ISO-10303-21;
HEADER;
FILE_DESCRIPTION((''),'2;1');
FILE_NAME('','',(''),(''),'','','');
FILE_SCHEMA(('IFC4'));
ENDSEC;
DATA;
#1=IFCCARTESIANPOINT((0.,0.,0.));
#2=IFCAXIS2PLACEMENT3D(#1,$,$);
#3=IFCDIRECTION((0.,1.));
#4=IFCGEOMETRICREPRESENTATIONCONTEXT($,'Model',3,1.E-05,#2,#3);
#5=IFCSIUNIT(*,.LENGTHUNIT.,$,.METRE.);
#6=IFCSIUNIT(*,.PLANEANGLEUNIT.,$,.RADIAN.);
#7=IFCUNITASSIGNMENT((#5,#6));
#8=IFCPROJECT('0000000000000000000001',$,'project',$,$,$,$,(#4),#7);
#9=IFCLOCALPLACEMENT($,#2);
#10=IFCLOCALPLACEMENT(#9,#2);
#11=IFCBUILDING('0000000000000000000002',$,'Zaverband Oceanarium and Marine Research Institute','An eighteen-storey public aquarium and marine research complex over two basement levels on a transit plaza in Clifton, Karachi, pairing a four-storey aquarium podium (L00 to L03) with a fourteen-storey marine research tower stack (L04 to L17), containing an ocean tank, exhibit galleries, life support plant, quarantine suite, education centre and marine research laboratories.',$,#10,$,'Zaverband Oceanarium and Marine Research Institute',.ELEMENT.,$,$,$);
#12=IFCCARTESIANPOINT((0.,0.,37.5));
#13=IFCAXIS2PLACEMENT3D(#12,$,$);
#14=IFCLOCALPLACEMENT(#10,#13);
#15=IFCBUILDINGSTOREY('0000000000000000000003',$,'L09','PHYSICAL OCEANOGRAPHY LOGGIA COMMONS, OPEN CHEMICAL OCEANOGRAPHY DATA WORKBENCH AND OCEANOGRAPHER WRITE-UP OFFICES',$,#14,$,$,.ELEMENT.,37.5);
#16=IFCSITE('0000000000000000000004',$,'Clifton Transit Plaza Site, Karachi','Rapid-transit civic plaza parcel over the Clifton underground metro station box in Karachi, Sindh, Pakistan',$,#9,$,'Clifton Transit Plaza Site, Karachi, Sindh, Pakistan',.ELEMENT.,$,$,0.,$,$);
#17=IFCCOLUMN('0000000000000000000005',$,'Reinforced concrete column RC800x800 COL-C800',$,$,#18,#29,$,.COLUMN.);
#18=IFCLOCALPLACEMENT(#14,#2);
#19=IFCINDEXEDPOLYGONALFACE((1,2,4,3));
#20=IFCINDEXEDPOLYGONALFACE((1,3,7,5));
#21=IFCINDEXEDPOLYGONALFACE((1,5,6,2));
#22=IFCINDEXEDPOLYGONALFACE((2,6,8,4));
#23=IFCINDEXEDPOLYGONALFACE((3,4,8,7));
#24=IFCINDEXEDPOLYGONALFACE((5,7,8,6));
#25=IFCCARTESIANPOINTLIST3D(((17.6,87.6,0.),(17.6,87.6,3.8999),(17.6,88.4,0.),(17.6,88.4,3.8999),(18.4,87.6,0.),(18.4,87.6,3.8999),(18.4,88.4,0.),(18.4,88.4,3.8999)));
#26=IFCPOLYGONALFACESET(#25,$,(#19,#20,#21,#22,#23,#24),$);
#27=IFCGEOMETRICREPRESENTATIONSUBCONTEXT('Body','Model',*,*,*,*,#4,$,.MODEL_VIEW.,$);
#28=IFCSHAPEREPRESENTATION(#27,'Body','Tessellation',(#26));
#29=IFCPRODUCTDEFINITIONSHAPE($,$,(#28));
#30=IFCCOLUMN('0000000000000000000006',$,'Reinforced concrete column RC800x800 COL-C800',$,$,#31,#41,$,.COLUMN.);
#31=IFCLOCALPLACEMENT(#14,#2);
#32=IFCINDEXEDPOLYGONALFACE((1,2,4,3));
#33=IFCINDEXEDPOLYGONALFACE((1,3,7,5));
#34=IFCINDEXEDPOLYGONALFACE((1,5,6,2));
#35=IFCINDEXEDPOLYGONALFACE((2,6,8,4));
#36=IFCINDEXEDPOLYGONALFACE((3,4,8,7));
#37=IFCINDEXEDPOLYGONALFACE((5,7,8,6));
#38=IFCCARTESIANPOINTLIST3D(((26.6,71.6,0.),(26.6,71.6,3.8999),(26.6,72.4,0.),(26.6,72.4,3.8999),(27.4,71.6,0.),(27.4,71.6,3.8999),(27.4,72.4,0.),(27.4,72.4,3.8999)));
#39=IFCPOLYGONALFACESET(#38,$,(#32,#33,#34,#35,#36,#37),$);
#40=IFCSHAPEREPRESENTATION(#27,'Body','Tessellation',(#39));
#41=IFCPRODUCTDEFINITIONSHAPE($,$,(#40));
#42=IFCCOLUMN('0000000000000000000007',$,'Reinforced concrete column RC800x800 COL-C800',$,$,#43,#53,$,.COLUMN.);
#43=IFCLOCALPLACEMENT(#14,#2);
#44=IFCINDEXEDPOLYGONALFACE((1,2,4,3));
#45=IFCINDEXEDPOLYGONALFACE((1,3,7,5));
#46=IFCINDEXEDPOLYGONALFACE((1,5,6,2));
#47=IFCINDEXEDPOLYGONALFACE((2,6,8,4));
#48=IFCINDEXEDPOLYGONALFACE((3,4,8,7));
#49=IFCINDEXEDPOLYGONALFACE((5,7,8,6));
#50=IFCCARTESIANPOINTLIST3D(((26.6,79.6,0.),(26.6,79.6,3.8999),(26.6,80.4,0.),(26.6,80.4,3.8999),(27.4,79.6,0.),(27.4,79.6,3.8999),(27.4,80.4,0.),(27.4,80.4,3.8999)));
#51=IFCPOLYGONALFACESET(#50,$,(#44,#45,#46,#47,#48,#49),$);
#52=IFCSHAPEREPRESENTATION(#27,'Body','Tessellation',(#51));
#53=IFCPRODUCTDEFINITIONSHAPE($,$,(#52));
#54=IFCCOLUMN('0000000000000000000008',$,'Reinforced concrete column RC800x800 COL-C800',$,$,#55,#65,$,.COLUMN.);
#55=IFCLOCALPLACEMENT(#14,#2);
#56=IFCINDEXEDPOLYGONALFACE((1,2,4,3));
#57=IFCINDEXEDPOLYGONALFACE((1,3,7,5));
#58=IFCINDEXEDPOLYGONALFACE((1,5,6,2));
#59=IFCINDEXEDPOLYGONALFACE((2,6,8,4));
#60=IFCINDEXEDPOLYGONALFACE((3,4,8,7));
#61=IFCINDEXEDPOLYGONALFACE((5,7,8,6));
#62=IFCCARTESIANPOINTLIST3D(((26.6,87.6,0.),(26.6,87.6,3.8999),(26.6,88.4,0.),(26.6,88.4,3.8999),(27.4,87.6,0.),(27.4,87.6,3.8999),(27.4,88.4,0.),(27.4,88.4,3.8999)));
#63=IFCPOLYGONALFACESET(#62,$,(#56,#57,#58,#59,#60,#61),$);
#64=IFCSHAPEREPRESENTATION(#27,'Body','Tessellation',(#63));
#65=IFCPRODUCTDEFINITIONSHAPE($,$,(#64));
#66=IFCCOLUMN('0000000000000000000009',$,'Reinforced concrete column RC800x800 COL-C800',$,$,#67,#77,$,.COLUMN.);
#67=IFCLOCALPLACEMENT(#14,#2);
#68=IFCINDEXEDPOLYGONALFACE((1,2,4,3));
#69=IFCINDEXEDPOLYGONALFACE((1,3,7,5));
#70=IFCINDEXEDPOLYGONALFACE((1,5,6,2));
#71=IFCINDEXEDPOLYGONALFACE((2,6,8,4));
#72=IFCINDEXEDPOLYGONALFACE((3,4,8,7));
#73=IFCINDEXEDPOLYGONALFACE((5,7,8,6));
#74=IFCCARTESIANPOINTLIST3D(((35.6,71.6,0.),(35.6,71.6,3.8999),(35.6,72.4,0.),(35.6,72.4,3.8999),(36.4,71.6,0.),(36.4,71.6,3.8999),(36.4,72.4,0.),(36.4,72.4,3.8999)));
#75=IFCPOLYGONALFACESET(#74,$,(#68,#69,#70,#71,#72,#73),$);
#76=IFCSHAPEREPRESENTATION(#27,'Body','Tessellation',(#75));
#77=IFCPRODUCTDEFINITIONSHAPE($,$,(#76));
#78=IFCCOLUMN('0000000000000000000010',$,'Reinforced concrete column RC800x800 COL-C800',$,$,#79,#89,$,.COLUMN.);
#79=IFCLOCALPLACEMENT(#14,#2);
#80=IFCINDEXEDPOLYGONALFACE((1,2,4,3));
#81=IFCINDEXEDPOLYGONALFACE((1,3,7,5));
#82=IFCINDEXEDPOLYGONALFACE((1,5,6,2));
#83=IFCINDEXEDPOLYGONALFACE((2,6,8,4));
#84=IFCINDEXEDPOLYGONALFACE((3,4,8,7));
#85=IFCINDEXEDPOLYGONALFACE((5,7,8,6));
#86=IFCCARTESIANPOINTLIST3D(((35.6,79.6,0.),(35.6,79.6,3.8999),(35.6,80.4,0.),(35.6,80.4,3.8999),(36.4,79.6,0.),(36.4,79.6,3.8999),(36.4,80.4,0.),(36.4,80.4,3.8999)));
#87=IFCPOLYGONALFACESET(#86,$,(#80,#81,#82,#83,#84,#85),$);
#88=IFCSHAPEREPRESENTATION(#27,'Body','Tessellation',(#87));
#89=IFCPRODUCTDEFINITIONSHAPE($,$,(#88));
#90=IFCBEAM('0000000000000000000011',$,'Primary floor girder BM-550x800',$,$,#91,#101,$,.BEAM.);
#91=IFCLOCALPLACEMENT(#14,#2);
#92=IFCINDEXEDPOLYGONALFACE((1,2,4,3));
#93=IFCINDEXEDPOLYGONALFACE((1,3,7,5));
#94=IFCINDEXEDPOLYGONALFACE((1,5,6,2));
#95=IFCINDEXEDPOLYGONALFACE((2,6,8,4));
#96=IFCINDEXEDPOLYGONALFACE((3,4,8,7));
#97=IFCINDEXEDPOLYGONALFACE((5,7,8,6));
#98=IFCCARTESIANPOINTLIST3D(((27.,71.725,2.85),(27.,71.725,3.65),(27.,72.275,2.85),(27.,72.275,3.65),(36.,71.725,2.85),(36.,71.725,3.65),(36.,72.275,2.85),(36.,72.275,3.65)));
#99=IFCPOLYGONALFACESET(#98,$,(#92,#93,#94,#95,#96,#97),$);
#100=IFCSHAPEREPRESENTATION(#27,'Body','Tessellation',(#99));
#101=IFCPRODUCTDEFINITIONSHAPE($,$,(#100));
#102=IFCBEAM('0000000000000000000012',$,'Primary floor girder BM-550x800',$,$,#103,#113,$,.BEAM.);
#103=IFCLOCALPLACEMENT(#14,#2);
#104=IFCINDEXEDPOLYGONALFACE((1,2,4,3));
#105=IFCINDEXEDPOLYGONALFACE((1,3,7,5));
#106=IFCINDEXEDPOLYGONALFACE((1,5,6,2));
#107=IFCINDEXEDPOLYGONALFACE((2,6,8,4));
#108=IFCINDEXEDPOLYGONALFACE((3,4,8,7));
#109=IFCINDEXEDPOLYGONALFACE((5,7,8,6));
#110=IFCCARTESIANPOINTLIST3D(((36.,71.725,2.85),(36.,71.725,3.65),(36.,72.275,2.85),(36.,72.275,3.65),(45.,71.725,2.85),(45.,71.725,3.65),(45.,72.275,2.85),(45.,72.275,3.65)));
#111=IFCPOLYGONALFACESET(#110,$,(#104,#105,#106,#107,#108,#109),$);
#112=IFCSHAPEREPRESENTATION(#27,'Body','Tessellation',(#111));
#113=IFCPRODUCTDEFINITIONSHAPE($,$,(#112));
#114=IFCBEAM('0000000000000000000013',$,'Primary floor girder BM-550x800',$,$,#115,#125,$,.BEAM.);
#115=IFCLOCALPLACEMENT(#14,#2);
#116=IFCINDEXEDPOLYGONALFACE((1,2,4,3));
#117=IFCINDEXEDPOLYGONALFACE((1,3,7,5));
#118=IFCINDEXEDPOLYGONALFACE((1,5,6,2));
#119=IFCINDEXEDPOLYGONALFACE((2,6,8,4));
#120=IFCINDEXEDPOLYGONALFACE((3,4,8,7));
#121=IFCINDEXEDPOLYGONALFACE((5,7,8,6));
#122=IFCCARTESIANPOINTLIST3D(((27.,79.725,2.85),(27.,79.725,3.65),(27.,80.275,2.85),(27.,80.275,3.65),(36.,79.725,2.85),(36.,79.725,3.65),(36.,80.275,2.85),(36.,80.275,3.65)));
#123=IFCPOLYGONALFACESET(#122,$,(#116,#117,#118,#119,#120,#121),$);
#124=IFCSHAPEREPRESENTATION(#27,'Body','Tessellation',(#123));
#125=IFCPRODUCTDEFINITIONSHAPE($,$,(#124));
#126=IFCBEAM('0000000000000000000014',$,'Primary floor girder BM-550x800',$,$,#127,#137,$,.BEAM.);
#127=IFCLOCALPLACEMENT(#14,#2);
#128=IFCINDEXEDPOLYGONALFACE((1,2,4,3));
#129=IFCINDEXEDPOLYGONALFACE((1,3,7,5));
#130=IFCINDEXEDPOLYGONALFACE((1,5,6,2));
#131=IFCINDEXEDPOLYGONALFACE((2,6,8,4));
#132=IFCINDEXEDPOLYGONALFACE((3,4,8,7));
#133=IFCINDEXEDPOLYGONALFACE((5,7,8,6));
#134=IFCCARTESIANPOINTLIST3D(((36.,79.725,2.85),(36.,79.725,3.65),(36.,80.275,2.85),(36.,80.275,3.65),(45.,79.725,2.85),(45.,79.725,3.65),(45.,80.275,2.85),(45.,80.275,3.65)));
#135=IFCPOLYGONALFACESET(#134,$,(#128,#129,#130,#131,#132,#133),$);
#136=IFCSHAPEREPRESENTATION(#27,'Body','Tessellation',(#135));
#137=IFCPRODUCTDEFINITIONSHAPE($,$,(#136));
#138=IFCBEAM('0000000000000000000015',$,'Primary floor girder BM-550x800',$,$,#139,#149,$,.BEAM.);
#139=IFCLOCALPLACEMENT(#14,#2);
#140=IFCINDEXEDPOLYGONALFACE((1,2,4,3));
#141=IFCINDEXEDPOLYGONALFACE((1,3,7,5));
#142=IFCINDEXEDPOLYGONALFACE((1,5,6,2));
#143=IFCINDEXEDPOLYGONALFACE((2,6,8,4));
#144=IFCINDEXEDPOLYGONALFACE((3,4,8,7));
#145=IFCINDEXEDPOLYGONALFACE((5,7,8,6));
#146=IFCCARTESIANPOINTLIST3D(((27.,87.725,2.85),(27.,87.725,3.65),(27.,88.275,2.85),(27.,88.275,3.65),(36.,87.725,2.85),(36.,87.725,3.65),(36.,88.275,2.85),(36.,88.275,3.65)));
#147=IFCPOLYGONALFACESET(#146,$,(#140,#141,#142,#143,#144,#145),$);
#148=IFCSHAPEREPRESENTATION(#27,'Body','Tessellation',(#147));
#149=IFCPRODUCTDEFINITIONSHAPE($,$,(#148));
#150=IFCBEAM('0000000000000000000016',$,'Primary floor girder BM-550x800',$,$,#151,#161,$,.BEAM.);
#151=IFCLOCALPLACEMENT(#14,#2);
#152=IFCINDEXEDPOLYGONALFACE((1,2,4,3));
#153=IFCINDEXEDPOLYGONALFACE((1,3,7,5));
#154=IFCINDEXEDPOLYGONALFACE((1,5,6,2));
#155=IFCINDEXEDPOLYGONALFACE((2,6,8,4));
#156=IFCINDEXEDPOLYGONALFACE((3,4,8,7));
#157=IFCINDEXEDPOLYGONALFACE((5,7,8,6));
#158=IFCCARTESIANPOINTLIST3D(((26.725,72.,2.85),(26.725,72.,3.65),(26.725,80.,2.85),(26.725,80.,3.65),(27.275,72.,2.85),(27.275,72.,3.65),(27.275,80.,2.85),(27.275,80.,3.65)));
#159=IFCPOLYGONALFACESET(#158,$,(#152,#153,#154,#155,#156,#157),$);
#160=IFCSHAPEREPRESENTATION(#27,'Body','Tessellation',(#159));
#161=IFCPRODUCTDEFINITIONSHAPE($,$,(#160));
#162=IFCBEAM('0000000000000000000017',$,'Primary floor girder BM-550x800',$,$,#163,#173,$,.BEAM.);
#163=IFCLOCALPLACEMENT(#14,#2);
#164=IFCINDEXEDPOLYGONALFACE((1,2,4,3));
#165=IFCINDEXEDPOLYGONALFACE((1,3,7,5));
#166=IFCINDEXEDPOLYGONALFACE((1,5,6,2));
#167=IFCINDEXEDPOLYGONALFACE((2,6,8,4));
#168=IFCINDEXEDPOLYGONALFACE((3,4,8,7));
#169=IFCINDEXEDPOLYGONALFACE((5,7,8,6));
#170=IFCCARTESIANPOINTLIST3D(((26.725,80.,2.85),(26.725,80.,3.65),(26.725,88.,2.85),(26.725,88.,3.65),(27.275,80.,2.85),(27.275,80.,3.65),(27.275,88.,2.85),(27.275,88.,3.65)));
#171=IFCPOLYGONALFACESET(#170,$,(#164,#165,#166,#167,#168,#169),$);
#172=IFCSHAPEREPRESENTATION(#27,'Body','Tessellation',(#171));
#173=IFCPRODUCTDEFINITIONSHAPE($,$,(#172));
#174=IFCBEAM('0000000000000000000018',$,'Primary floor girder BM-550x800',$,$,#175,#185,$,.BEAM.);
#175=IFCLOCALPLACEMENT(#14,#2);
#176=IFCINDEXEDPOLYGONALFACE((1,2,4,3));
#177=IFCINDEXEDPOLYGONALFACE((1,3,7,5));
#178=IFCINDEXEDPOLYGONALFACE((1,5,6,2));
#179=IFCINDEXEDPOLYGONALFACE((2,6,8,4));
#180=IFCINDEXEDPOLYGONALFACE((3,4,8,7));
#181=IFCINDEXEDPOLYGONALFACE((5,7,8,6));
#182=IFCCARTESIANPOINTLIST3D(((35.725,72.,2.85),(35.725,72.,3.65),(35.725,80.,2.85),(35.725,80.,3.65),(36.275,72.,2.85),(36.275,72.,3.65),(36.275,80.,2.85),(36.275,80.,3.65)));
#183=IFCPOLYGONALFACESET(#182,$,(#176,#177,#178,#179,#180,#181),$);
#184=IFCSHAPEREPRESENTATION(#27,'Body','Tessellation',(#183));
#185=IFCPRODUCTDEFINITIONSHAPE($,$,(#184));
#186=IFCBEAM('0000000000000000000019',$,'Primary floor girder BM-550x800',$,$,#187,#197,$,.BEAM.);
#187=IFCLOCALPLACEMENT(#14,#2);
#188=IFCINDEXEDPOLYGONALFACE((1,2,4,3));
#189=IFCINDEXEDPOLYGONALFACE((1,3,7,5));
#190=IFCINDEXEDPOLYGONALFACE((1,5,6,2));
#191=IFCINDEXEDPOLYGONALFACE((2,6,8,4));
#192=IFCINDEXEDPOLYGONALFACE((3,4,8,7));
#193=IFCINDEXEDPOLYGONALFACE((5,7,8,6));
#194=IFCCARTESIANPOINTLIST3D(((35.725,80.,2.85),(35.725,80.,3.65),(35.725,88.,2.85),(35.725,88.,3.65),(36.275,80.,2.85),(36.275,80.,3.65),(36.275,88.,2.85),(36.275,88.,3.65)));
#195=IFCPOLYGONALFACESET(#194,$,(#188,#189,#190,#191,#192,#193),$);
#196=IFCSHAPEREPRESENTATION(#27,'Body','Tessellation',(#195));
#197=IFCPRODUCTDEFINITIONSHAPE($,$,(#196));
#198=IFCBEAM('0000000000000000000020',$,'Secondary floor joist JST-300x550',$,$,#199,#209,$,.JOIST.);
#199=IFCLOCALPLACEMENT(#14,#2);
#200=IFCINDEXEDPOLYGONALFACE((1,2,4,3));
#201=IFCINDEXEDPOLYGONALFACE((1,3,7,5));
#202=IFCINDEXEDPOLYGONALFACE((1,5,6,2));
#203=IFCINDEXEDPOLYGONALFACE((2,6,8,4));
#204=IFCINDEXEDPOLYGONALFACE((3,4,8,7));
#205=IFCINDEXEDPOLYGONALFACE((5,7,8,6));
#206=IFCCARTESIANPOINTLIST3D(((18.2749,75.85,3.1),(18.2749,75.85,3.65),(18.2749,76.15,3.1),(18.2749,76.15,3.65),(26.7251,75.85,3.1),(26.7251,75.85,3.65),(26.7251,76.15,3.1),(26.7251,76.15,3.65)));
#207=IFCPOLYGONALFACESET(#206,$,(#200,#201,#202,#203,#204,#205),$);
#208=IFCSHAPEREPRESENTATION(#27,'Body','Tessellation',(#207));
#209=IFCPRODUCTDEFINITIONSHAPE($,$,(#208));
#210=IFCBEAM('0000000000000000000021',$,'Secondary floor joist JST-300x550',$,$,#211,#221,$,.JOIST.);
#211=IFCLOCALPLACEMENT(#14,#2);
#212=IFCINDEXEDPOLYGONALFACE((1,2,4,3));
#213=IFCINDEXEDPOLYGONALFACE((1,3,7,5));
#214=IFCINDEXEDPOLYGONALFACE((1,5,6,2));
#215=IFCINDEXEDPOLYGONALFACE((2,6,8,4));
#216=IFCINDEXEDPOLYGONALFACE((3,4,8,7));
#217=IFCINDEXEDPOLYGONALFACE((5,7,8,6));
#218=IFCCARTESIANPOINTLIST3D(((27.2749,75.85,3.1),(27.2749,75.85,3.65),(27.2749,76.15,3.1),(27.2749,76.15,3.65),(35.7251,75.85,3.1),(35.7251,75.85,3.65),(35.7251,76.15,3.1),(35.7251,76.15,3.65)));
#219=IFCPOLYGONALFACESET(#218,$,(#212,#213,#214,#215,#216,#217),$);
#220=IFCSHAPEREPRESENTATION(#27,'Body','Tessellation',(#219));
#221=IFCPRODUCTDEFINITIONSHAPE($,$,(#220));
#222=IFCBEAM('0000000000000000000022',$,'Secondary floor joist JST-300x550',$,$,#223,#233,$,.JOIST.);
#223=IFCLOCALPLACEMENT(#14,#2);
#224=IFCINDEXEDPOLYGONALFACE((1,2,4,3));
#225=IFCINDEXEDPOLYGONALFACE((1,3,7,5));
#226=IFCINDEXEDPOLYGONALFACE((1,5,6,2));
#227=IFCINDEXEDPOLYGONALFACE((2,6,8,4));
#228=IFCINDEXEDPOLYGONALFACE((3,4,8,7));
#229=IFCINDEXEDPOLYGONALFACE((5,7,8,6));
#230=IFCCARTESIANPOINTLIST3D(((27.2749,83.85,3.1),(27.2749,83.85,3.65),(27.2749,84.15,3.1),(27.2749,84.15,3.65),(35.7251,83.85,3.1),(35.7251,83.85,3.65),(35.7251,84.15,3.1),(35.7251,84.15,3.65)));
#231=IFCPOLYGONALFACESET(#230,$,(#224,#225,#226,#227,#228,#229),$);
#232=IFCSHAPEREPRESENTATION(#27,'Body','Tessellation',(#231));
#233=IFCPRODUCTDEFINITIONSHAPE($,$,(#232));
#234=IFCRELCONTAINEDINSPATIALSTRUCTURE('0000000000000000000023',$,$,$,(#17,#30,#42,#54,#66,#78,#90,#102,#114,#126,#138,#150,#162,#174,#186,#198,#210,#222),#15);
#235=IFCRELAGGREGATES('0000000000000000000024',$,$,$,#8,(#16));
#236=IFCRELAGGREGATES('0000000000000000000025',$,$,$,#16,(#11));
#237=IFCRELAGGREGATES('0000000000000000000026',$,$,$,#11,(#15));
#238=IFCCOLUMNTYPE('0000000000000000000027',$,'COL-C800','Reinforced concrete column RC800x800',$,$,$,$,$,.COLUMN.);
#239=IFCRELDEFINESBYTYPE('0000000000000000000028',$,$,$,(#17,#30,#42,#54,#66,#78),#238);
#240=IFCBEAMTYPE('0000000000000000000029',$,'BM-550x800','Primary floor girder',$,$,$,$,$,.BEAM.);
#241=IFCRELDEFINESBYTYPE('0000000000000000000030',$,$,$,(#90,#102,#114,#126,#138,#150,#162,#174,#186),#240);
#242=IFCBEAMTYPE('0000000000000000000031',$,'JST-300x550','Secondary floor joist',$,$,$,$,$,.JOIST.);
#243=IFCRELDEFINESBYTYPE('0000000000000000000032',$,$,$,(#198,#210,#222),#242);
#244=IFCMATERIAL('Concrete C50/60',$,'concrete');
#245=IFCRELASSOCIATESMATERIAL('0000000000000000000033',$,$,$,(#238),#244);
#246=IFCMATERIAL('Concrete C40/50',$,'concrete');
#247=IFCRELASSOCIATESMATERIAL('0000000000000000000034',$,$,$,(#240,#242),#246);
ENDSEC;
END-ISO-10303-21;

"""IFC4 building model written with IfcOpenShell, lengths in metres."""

from ifc_helpers import new_model, si_unit, direction, frame, origin, origin_2d, place, context, subcontext, project, spatial, rectangle, extrude, material, material_profile, profile_set, type_object, element, save


model = new_model("IFC4")

# Units and contexts
model_context = context("Model", 3, precision=1e-05, world=origin(), true_north=direction((0.0, 1.0)))
body_context = subcontext(model_context, "Body", "Model", "MODEL_VIEW")
ifc_project = project(units=[si_unit("LENGTHUNIT", "METRE"), si_unit("PLANEANGLEUNIT", "RADIAN")], contexts=[model_context])

# Site, building, storey
site_placement = place(None, origin())
site = spatial("IfcSite", under=ifc_project, at=site_placement, Name="Clifton Transit Plaza Site, Karachi", Description="Rapid-transit civic plaza parcel over the Clifton underground metro station box in Karachi, Sindh, Pakistan", LongName="Clifton Transit Plaza Site, Karachi, Sindh, Pakistan", CompositionType="ELEMENT", RefElevation=0.0)
building_placement = place(site_placement, origin())
building = spatial("IfcBuilding", under=site, at=building_placement, Name="Zaverband Oceanarium and Marine Research Institute", Description="An eighteen-storey public aquarium and marine research complex over two basement levels on a transit plaza in Clifton, Karachi, pairing a four-storey aquarium podium (L00 to L03) with a fourteen-storey marine research tower stack (L04 to L17), containing an ocean tank, exhibit galleries, life support plant, quarantine suite, education centre and marine research laboratories.", LongName="Zaverband Oceanarium and Marine Research Institute", CompositionType="ELEMENT")
storey_placement = place(building_placement, frame((0.0, 0.0, 37.5)))
storey = spatial("IfcBuildingStorey", under=building, at=storey_placement, Name="L09", Description="PHYSICAL OCEANOGRAPHY LOGGIA COMMONS, OPEN CHEMICAL OCEANOGRAPHY DATA WORKBENCH AND OCEANOGRAPHER WRITE-UP OFFICES", CompositionType="ELEMENT", Elevation=37.5)

# Columns
ifc_material_1 = material(Name="Concrete C50/60", Category="concrete")
ifc_material_profile_1 = material_profile(ifc_material_1, rectangle(XDim=0.8, YDim=0.8, at=origin_2d()), Name="RC800x800")
ifc_profile_set_1 = profile_set([ifc_material_profile_1], Name="Concrete C50/60")
column_type = type_object("IfcColumnType", Name="COL-C800", Description="Reinforced concrete column RC800x800", PredefinedType="COLUMN", material=ifc_profile_set_1)
for number, where, z_axis, x_axis, name in (
    (1, (18.0, 88.0, 0.0), (0.0, 0.0, 1.0), (1.0, 0.0, 0.0), "Reinforced concrete column RC800x800 COL-C800"),
    (2, (27.0, 72.0, 0.0), (0.0, 0.0, 1.0), (1.0, 0.0, 0.0), "Reinforced concrete column RC800x800 COL-C800"),
    (3, (27.0, 80.0, 0.0), (0.0, 0.0, 1.0), (1.0, 0.0, 0.0), "Reinforced concrete column RC800x800 COL-C800"),
    (4, (27.0, 88.0, 0.0), (0.0, 0.0, 1.0), (1.0, 0.0, 0.0), "Reinforced concrete column RC800x800 COL-C800"),
    (5, (36.0, 72.0, 0.0), (0.0, 0.0, 1.0), (1.0, 0.0, 0.0), "Reinforced concrete column RC800x800 COL-C800"),
    (6, (36.0, 80.0, 0.0), (0.0, 0.0, 1.0), (1.0, 0.0, 0.0), "Reinforced concrete column RC800x800 COL-C800"),
):
    element("IfcColumn", number, at=place(storey_placement, frame(where, z_axis=z_axis, x_axis=x_axis)), inside=storey, type_object=column_type, Name=name, PredefinedType="COLUMN", context=body_context, shape_type="SweptSolid", body=[
        extrude(rectangle(XDim=0.8, YDim=0.8, at=origin_2d()), origin(), (0.0, 0.0, 1.0), 3.8999),
    ])

# Beams
ifc_material_2 = material(Name="Concrete C40/50", Category="concrete")
ifc_material_profile_2 = material_profile(ifc_material_2, rectangle(XDim=0.55, YDim=0.8, at=origin_2d()), Name="RC550x800")
ifc_profile_set_2 = profile_set([ifc_material_profile_2], Name="Concrete C40/50")
beam_type_1 = type_object("IfcBeamType", Name="BM-550x800", Description="Primary floor girder", PredefinedType="BEAM", material=ifc_profile_set_2)
for number, where, z_axis, x_axis, name in (
    (7, (27.0, 72.0, 3.25), (1.0, 0.0, 0.0), (0.0, 1.0, 0.0), "Primary floor girder BM-550x800"),
    (8, (36.0, 72.0, 3.25), (1.0, 0.0, 0.0), (0.0, 1.0, 0.0), "Primary floor girder BM-550x800"),
    (9, (27.0, 80.0, 3.25), (1.0, 0.0, 0.0), (0.0, 1.0, 0.0), "Primary floor girder BM-550x800"),
    (10, (36.0, 80.0, 3.25), (1.0, 0.0, 0.0), (0.0, 1.0, 0.0), "Primary floor girder BM-550x800"),
    (11, (27.0, 88.0, 3.25), (1.0, 0.0, 0.0), (0.0, 1.0, 0.0), "Primary floor girder BM-550x800"),
):
    element("IfcBeam", number, at=place(storey_placement, frame(where, z_axis=z_axis, x_axis=x_axis)), inside=storey, type_object=beam_type_1, Name=name, PredefinedType="BEAM", context=body_context, shape_type="SweptSolid", body=[
        extrude(rectangle(XDim=0.55, YDim=0.8, at=origin_2d()), origin(), (0.0, 0.0, 1.0), 9.0),
    ])
for number, where, z_axis, x_axis, name in (
    (12, (27.0, 72.0, 3.25), (0.0, 1.0, 0.0), (-1.0, 0.0, 0.0), "Primary floor girder BM-550x800"),
    (13, (27.0, 80.0, 3.25), (0.0, 1.0, 0.0), (-1.0, 0.0, 0.0), "Primary floor girder BM-550x800"),
    (14, (36.0, 72.0, 3.25), (0.0, 1.0, 0.0), (-1.0, 0.0, 0.0), "Primary floor girder BM-550x800"),
    (15, (36.0, 80.0, 3.25), (0.0, 1.0, 0.0), (-1.0, 0.0, 0.0), "Primary floor girder BM-550x800"),
):
    element("IfcBeam", number, at=place(storey_placement, frame(where, z_axis=z_axis, x_axis=x_axis)), inside=storey, type_object=beam_type_1, Name=name, PredefinedType="BEAM", context=body_context, shape_type="SweptSolid", body=[
        extrude(rectangle(XDim=0.55, YDim=0.8, at=origin_2d()), origin(), (0.0, 0.0, 1.0), 8.0),
    ])
ifc_material_profile_3 = material_profile(ifc_material_2, rectangle(XDim=0.3, YDim=0.55, at=origin_2d()), Name="RC300x550")
ifc_profile_set_3 = profile_set([ifc_material_profile_3], Name="Concrete C40/50")
beam_type_2 = type_object("IfcBeamType", Name="JST-300x550", Description="Secondary floor joist", PredefinedType="JOIST", material=ifc_profile_set_3)
for number, where, z_axis, x_axis, name in (
    (16, (18.2749, 76.0, 3.375), (1.0, 0.0, 0.0), (0.0, 1.0, 0.0), "Secondary floor joist JST-300x550"),
    (17, (27.2749, 76.0, 3.375), (1.0, 0.0, 0.0), (0.0, 1.0, 0.0), "Secondary floor joist JST-300x550"),
    (18, (27.2749, 84.0, 3.375), (1.0, 0.0, 0.0), (0.0, 1.0, 0.0), "Secondary floor joist JST-300x550"),
):
    element("IfcBeam", number, at=place(storey_placement, frame(where, z_axis=z_axis, x_axis=x_axis)), inside=storey, type_object=beam_type_2, Name=name, PredefinedType="JOIST", context=body_context, shape_type="SweptSolid", body=[
        extrude(rectangle(XDim=0.3, YDim=0.55, at=origin_2d()), origin(), (0.0, 0.0, 1.0), 8.4502),
    ])

save(model, "model.ifc")
